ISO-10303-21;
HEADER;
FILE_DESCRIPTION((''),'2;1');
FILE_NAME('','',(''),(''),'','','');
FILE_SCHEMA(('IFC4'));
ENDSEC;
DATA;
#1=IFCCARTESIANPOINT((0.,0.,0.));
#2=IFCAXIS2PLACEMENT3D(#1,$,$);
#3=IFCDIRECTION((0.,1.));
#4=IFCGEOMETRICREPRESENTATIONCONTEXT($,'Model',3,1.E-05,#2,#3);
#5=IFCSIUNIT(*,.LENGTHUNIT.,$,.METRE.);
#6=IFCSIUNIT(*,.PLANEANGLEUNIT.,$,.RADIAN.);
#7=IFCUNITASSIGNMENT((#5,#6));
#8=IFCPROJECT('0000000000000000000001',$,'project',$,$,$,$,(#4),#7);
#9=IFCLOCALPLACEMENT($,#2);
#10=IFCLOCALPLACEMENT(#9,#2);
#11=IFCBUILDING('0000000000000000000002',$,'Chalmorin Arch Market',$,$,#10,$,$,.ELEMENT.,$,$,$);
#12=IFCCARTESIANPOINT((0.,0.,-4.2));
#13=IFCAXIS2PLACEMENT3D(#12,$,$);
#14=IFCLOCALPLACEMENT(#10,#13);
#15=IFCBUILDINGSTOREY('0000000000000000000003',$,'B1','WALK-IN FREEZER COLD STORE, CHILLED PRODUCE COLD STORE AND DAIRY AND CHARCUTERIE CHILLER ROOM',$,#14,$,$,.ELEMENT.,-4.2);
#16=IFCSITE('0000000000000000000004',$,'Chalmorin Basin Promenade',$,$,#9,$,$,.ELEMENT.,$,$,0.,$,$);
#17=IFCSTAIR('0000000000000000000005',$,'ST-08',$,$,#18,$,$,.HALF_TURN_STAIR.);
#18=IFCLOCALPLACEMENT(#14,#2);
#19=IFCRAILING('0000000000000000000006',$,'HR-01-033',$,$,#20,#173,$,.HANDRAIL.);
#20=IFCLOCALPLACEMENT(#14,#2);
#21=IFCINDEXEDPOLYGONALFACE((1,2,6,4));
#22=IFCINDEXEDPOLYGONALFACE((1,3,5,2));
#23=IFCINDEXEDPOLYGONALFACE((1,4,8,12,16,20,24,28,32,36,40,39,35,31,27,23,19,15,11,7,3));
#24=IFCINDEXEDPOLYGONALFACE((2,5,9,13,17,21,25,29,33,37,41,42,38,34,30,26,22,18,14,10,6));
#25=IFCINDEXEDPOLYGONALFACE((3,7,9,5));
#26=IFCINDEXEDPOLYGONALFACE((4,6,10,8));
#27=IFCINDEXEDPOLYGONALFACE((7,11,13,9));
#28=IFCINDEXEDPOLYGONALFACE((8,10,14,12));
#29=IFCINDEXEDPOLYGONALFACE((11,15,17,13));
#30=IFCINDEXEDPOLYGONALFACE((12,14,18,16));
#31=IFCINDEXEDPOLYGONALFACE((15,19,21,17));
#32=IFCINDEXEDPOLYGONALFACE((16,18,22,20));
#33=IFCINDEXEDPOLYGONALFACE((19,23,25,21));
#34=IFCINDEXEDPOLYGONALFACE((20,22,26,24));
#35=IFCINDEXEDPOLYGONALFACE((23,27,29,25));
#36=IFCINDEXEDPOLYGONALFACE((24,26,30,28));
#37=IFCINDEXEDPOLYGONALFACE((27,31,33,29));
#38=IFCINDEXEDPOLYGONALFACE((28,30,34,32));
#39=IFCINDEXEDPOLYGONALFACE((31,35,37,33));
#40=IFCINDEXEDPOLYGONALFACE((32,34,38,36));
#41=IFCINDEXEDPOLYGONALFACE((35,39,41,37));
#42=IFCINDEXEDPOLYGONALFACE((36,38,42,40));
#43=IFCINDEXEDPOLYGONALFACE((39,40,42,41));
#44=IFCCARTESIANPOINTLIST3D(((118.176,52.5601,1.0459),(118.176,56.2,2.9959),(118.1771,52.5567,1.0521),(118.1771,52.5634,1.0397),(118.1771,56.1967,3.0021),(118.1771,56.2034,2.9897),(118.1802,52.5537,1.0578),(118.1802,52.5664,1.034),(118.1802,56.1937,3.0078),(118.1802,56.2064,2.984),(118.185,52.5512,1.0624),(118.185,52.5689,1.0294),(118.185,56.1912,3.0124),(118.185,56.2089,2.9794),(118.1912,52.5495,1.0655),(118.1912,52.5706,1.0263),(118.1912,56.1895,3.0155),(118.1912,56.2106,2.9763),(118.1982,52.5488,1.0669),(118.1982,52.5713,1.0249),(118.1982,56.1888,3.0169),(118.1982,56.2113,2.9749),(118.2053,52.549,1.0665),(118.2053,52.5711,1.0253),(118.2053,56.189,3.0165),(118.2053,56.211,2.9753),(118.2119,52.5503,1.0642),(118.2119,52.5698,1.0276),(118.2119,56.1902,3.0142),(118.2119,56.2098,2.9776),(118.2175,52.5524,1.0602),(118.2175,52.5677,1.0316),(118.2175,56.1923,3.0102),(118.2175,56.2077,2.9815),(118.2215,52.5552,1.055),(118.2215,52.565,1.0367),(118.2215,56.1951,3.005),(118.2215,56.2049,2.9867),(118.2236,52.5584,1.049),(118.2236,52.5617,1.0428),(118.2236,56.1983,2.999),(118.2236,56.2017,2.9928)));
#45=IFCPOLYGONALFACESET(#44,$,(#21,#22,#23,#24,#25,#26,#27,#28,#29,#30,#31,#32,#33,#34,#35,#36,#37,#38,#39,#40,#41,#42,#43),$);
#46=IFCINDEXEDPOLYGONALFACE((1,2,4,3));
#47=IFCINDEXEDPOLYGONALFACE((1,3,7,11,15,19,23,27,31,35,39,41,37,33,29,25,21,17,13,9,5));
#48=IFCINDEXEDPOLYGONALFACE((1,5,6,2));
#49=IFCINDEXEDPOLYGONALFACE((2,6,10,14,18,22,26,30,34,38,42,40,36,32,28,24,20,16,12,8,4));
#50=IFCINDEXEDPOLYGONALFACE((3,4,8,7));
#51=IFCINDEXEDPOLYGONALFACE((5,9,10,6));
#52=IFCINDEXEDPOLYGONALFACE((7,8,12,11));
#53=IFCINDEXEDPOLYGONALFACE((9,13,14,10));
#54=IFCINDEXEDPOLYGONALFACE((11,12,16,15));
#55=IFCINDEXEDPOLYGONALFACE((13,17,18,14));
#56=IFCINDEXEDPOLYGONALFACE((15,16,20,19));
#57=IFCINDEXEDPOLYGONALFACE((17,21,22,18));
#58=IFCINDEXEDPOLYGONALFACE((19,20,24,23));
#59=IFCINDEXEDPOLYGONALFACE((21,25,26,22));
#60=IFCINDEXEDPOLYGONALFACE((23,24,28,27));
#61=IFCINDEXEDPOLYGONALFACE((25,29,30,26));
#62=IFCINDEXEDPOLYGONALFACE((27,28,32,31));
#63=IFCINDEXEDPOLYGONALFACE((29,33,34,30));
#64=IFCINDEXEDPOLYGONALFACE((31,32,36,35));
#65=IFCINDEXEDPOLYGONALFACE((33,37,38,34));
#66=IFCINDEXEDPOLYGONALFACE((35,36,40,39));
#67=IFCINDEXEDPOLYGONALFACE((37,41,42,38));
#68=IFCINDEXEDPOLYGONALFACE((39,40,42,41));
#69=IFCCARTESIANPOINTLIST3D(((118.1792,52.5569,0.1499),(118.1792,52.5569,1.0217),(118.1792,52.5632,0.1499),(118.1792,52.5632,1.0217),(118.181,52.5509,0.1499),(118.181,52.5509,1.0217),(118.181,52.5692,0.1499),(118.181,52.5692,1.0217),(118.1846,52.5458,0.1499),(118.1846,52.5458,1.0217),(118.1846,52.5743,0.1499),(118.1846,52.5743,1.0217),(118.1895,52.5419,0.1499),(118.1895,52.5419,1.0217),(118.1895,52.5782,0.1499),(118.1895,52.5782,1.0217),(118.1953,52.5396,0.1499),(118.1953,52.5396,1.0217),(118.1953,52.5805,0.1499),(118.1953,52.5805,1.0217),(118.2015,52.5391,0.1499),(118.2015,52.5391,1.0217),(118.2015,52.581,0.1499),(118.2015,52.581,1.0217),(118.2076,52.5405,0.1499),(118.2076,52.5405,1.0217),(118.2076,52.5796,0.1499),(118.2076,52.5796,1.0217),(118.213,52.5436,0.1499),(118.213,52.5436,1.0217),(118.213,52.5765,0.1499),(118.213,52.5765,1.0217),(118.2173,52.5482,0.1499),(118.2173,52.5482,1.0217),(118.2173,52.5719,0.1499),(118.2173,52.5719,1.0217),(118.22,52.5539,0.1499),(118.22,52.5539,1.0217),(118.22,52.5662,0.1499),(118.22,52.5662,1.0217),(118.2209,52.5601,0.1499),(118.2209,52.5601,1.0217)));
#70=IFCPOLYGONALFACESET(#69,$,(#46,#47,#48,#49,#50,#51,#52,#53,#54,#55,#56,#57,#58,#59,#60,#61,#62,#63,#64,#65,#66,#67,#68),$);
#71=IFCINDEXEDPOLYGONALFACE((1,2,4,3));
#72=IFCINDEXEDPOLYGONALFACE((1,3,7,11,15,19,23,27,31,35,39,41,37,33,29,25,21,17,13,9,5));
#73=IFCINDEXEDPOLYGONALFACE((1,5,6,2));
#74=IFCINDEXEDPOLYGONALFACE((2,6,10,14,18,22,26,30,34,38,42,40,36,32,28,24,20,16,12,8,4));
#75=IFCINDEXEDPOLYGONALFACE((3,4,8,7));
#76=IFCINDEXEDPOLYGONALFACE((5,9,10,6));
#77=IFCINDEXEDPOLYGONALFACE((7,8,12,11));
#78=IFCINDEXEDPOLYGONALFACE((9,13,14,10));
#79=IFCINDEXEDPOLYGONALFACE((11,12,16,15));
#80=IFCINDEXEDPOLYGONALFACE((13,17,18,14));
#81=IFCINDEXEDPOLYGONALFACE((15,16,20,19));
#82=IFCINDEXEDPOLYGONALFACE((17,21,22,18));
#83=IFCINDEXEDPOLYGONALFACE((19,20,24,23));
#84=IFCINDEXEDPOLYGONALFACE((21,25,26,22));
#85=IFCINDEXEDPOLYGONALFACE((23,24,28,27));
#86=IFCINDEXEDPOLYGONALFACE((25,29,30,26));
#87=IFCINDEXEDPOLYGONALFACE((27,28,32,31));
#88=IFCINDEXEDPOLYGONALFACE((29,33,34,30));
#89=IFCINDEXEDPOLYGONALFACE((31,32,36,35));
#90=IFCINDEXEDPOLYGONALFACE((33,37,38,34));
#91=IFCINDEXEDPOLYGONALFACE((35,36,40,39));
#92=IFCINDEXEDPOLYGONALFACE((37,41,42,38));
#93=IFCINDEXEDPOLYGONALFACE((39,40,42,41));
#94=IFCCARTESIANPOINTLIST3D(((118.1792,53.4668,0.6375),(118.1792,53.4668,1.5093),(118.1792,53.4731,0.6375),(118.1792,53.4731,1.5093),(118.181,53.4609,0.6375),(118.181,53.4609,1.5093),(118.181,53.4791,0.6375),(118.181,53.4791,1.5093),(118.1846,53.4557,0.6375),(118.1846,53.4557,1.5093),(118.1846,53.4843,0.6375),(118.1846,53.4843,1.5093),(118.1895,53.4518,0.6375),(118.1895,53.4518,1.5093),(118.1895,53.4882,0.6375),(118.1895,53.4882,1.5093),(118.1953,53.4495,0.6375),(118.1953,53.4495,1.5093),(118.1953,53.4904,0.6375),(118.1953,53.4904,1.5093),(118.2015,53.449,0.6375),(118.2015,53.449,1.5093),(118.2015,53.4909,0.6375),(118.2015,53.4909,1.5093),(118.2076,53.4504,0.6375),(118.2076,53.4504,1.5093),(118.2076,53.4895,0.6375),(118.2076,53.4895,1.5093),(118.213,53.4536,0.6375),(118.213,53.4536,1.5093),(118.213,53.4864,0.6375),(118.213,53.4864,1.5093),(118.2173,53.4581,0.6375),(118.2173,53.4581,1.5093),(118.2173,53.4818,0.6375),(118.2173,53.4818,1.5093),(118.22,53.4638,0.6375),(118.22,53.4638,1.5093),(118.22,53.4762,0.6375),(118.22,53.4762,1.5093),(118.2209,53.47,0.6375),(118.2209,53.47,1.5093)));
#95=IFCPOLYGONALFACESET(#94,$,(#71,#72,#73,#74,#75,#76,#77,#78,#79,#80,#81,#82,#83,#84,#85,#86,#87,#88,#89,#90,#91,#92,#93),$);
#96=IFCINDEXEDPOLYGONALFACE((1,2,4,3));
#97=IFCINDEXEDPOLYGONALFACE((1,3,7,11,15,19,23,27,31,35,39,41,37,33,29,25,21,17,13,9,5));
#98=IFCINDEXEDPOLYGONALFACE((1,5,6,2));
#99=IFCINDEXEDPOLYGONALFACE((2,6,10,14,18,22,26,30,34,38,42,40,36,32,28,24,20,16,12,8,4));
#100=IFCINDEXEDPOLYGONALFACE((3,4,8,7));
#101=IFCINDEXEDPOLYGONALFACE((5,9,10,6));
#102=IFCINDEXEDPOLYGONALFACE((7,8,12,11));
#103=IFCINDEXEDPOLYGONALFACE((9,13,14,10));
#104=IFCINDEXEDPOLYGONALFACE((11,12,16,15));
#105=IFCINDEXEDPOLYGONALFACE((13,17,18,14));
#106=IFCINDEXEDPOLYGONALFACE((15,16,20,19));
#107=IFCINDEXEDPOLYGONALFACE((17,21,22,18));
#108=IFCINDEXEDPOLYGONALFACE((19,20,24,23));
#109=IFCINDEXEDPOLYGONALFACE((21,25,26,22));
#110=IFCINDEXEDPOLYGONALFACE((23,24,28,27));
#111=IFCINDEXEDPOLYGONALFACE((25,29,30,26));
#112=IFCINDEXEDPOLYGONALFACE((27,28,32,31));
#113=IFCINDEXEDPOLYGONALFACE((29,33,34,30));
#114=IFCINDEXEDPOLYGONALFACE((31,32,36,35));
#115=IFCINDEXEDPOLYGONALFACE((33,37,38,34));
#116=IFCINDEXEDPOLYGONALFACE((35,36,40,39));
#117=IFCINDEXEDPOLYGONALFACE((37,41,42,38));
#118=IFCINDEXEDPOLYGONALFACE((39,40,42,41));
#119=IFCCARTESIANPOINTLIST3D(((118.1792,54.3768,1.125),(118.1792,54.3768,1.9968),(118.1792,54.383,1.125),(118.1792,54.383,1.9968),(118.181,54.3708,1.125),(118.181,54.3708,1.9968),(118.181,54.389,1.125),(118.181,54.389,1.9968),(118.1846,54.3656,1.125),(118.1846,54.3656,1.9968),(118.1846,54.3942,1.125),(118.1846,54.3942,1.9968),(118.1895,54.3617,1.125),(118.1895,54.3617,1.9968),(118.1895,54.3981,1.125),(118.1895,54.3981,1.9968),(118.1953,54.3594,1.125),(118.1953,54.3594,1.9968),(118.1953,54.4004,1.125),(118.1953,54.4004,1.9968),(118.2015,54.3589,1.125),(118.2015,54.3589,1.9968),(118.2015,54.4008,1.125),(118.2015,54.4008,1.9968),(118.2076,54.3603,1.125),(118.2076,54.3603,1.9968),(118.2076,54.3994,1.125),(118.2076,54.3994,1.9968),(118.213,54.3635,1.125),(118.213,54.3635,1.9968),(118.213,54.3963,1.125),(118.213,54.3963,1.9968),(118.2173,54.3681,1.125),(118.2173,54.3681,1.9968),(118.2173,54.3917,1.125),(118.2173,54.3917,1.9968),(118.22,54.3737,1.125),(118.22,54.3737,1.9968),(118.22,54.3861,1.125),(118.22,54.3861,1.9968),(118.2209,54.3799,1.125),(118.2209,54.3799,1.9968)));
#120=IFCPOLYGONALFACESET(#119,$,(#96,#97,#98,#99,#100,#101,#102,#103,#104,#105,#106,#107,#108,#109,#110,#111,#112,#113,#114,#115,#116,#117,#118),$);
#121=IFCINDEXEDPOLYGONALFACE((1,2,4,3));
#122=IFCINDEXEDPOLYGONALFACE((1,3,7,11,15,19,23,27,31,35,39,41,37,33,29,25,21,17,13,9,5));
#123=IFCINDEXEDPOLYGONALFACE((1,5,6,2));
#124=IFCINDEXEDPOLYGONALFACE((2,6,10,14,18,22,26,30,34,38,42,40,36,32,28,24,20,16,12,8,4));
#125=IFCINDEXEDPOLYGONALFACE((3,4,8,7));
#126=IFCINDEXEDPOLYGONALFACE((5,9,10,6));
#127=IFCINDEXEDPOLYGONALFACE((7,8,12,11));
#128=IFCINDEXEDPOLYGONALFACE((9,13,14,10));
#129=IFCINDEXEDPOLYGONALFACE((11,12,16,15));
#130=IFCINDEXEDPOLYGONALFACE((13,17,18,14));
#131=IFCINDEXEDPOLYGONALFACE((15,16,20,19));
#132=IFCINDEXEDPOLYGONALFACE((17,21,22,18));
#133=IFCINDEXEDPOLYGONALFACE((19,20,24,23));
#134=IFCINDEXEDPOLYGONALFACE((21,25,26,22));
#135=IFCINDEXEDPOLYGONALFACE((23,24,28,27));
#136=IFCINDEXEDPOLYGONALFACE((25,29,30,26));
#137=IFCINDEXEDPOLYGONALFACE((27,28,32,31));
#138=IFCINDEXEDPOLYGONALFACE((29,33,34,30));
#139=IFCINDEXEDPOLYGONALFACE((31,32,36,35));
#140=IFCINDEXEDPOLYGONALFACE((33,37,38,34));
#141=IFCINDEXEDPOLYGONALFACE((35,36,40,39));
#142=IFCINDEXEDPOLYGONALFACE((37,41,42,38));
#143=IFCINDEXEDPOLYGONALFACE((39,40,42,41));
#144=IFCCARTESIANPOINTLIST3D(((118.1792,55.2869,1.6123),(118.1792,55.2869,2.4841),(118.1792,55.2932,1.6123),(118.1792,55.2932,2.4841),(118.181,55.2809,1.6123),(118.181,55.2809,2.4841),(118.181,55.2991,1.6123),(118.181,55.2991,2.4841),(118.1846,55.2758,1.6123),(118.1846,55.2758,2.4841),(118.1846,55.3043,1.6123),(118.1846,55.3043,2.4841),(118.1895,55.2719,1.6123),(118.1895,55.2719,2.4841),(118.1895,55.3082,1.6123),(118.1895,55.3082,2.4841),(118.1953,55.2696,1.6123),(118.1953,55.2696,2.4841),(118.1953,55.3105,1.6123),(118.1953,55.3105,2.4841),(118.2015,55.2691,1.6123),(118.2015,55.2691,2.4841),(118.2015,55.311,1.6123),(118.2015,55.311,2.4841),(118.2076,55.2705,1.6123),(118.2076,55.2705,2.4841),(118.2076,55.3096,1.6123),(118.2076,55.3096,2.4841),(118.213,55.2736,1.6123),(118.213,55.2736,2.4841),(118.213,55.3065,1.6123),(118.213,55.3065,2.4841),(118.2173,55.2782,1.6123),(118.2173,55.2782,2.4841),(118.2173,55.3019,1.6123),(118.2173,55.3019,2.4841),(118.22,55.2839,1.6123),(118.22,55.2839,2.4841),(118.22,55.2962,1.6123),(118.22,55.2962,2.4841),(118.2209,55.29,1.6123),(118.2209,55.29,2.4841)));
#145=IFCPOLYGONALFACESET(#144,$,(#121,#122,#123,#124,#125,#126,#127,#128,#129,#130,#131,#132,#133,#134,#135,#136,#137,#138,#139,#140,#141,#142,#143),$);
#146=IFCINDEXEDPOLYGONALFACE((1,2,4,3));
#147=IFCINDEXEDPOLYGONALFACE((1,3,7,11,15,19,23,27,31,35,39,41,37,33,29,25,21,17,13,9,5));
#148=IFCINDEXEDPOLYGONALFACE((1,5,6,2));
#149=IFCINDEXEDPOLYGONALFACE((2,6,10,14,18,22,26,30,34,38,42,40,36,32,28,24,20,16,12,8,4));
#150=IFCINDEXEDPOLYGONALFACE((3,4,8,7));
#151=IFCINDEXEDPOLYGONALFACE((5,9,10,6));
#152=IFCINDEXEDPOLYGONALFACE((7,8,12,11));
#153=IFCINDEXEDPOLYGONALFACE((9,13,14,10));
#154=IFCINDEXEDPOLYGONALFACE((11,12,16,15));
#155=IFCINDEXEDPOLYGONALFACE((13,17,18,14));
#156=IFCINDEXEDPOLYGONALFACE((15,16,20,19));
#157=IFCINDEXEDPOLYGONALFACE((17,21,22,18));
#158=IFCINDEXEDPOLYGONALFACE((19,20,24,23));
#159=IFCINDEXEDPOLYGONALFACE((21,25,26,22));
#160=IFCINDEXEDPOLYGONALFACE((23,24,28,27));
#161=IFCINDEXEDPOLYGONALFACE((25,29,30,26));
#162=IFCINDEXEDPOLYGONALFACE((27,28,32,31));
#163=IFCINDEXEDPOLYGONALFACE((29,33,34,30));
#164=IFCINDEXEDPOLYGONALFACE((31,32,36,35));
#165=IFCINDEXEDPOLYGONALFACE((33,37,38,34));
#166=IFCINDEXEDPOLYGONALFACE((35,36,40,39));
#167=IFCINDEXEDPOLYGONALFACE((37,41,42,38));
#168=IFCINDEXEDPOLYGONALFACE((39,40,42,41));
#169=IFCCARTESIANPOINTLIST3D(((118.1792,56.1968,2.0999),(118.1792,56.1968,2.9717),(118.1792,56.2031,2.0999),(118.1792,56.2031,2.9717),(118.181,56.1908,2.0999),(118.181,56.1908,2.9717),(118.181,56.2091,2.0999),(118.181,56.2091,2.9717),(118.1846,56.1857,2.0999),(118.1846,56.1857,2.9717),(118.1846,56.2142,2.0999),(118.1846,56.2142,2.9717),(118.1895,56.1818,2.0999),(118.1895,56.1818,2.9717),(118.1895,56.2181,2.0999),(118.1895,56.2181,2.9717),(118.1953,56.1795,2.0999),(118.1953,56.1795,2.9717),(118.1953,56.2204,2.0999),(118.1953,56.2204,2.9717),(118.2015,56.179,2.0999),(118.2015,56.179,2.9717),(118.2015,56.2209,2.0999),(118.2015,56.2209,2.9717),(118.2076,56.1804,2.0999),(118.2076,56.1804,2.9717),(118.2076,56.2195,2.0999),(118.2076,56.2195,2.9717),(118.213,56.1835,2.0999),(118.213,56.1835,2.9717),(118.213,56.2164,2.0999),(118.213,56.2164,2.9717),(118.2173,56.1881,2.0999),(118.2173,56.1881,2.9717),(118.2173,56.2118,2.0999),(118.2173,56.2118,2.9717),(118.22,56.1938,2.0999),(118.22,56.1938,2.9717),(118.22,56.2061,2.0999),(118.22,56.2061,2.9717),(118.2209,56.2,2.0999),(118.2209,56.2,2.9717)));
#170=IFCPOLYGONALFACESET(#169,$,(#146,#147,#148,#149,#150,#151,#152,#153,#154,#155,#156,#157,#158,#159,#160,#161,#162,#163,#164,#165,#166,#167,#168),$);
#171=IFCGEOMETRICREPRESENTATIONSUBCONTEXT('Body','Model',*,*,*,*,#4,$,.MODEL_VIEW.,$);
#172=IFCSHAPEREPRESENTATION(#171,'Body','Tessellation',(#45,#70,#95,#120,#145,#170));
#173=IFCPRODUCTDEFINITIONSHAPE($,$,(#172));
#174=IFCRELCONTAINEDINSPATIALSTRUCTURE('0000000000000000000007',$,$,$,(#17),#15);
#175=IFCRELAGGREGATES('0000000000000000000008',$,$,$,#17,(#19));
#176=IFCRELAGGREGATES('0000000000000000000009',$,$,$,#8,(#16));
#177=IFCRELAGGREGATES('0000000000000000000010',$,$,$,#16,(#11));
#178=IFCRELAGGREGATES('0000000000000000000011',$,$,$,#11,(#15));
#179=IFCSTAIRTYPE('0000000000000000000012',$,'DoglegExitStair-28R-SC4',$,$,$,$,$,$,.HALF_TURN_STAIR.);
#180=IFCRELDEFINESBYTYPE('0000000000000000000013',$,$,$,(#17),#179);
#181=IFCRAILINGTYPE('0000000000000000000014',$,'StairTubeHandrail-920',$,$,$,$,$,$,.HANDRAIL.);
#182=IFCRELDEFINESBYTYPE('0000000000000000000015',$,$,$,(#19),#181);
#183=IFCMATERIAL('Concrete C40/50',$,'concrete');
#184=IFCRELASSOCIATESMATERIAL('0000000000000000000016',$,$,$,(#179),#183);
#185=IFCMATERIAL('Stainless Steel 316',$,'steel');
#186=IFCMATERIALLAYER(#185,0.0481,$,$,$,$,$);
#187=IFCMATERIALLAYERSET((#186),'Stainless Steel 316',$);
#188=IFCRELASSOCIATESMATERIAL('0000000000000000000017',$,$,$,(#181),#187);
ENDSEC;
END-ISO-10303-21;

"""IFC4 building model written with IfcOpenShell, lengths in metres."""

from ifc_helpers import new_model, si_unit, direction, frame, origin, origin_2d, place, context, subcontext, project, spatial, circle, extrude, material, layer, layer_set, type_object, element, aggregate, save


model = new_model("IFC4")

# Units and contexts
model_context = context("Model", 3, precision=1e-05, world=origin(), true_north=direction((0.0, 1.0)))
body_context = subcontext(model_context, "Body", "Model", "MODEL_VIEW")
ifc_project = project(units=[si_unit("LENGTHUNIT", "METRE"), si_unit("PLANEANGLEUNIT", "RADIAN")], contexts=[model_context])

# Site, building, storey
site_placement = place(None, origin())
site = spatial("IfcSite", under=ifc_project, at=site_placement, Name="Chalmorin Basin Promenade", CompositionType="ELEMENT", RefElevation=0.0)
building_placement = place(site_placement, origin())
building = spatial("IfcBuilding", under=site, at=building_placement, Name="Chalmorin Arch Market", CompositionType="ELEMENT")
storey_placement = place(building_placement, frame((0.0, 0.0, -4.2)))
storey = spatial("IfcBuildingStorey", under=building, at=storey_placement, Name="B1", Description="WALK-IN FREEZER COLD STORE, CHILLED PRODUCE COLD STORE AND DAIRY AND CHARCUTERIE CHILLER ROOM", CompositionType="ELEMENT", Elevation=-4.2)

# Shared definitions
ifc_material_1 = material(Name="Concrete C40/50", Category="concrete")

# Shared definitions
ifc_material_2 = material(Name="Stainless Steel 316", Category="steel")

# Stair, railing
stair_type = type_object("IfcStairType", Name="DoglegExitStair-28R-SC4", PredefinedType="HALF_TURN_STAIR", material=ifc_material_1)
stair_placement = place(storey_placement, origin())
stair = element("IfcStair", 1, at=stair_placement, inside=storey, type_object=stair_type, Name="ST-08", PredefinedType="HALF_TURN_STAIR")
ifc_layer_1 = layer(ifc_material_2, 0.0481)
ifc_layer_set_1 = layer_set([ifc_layer_1], Name="Stainless Steel 316")
railing_type = type_object("IfcRailingType", Name="StairTubeHandrail-920", PredefinedType="HANDRAIL", material=ifc_layer_set_1)
railing_placement = place(storey_placement, frame((118.2, 52.5601, 0.1499)))
railing = element("IfcRailing", 2, at=railing_placement, type_object=railing_type, Name="HR-01-033", PredefinedType="HANDRAIL", context=body_context, shape_type="SweptSolid", body=[
    extrude(circle(Radius=0.0239, at=origin_2d()), frame((0.0, 0.0, 0.896), z_axis=(0.0, 0.881479, 0.472223), x_axis=(-1.0, 0.0, 0.0)), (0.0, 0.0, 1.0), 4.1294),
    extrude(circle(Radius=0.021, at=origin_2d()), origin(), (0.0, 0.0, 1.0), 0.8718),
    extrude(circle(Radius=0.021, at=origin_2d()), frame((0.0, 0.9099, 0.4875)), (0.0, 0.0, 1.0), 0.8718),
    extrude(circle(Radius=0.021, at=origin_2d()), frame((0.0, 1.8198, 0.9751)), (0.0, 0.0, 1.0), 0.8718),
    extrude(circle(Radius=0.021, at=origin_2d()), frame((0.0, 2.73, 1.4624)), (0.0, 0.0, 1.0), 0.8718),
    extrude(circle(Radius=0.021, at=origin_2d()), frame((0.0, 3.6399, 1.95)), (0.0, 0.0, 1.0), 0.8718),
])
aggregate(stair, [railing])

save(model, "model.ifc")
